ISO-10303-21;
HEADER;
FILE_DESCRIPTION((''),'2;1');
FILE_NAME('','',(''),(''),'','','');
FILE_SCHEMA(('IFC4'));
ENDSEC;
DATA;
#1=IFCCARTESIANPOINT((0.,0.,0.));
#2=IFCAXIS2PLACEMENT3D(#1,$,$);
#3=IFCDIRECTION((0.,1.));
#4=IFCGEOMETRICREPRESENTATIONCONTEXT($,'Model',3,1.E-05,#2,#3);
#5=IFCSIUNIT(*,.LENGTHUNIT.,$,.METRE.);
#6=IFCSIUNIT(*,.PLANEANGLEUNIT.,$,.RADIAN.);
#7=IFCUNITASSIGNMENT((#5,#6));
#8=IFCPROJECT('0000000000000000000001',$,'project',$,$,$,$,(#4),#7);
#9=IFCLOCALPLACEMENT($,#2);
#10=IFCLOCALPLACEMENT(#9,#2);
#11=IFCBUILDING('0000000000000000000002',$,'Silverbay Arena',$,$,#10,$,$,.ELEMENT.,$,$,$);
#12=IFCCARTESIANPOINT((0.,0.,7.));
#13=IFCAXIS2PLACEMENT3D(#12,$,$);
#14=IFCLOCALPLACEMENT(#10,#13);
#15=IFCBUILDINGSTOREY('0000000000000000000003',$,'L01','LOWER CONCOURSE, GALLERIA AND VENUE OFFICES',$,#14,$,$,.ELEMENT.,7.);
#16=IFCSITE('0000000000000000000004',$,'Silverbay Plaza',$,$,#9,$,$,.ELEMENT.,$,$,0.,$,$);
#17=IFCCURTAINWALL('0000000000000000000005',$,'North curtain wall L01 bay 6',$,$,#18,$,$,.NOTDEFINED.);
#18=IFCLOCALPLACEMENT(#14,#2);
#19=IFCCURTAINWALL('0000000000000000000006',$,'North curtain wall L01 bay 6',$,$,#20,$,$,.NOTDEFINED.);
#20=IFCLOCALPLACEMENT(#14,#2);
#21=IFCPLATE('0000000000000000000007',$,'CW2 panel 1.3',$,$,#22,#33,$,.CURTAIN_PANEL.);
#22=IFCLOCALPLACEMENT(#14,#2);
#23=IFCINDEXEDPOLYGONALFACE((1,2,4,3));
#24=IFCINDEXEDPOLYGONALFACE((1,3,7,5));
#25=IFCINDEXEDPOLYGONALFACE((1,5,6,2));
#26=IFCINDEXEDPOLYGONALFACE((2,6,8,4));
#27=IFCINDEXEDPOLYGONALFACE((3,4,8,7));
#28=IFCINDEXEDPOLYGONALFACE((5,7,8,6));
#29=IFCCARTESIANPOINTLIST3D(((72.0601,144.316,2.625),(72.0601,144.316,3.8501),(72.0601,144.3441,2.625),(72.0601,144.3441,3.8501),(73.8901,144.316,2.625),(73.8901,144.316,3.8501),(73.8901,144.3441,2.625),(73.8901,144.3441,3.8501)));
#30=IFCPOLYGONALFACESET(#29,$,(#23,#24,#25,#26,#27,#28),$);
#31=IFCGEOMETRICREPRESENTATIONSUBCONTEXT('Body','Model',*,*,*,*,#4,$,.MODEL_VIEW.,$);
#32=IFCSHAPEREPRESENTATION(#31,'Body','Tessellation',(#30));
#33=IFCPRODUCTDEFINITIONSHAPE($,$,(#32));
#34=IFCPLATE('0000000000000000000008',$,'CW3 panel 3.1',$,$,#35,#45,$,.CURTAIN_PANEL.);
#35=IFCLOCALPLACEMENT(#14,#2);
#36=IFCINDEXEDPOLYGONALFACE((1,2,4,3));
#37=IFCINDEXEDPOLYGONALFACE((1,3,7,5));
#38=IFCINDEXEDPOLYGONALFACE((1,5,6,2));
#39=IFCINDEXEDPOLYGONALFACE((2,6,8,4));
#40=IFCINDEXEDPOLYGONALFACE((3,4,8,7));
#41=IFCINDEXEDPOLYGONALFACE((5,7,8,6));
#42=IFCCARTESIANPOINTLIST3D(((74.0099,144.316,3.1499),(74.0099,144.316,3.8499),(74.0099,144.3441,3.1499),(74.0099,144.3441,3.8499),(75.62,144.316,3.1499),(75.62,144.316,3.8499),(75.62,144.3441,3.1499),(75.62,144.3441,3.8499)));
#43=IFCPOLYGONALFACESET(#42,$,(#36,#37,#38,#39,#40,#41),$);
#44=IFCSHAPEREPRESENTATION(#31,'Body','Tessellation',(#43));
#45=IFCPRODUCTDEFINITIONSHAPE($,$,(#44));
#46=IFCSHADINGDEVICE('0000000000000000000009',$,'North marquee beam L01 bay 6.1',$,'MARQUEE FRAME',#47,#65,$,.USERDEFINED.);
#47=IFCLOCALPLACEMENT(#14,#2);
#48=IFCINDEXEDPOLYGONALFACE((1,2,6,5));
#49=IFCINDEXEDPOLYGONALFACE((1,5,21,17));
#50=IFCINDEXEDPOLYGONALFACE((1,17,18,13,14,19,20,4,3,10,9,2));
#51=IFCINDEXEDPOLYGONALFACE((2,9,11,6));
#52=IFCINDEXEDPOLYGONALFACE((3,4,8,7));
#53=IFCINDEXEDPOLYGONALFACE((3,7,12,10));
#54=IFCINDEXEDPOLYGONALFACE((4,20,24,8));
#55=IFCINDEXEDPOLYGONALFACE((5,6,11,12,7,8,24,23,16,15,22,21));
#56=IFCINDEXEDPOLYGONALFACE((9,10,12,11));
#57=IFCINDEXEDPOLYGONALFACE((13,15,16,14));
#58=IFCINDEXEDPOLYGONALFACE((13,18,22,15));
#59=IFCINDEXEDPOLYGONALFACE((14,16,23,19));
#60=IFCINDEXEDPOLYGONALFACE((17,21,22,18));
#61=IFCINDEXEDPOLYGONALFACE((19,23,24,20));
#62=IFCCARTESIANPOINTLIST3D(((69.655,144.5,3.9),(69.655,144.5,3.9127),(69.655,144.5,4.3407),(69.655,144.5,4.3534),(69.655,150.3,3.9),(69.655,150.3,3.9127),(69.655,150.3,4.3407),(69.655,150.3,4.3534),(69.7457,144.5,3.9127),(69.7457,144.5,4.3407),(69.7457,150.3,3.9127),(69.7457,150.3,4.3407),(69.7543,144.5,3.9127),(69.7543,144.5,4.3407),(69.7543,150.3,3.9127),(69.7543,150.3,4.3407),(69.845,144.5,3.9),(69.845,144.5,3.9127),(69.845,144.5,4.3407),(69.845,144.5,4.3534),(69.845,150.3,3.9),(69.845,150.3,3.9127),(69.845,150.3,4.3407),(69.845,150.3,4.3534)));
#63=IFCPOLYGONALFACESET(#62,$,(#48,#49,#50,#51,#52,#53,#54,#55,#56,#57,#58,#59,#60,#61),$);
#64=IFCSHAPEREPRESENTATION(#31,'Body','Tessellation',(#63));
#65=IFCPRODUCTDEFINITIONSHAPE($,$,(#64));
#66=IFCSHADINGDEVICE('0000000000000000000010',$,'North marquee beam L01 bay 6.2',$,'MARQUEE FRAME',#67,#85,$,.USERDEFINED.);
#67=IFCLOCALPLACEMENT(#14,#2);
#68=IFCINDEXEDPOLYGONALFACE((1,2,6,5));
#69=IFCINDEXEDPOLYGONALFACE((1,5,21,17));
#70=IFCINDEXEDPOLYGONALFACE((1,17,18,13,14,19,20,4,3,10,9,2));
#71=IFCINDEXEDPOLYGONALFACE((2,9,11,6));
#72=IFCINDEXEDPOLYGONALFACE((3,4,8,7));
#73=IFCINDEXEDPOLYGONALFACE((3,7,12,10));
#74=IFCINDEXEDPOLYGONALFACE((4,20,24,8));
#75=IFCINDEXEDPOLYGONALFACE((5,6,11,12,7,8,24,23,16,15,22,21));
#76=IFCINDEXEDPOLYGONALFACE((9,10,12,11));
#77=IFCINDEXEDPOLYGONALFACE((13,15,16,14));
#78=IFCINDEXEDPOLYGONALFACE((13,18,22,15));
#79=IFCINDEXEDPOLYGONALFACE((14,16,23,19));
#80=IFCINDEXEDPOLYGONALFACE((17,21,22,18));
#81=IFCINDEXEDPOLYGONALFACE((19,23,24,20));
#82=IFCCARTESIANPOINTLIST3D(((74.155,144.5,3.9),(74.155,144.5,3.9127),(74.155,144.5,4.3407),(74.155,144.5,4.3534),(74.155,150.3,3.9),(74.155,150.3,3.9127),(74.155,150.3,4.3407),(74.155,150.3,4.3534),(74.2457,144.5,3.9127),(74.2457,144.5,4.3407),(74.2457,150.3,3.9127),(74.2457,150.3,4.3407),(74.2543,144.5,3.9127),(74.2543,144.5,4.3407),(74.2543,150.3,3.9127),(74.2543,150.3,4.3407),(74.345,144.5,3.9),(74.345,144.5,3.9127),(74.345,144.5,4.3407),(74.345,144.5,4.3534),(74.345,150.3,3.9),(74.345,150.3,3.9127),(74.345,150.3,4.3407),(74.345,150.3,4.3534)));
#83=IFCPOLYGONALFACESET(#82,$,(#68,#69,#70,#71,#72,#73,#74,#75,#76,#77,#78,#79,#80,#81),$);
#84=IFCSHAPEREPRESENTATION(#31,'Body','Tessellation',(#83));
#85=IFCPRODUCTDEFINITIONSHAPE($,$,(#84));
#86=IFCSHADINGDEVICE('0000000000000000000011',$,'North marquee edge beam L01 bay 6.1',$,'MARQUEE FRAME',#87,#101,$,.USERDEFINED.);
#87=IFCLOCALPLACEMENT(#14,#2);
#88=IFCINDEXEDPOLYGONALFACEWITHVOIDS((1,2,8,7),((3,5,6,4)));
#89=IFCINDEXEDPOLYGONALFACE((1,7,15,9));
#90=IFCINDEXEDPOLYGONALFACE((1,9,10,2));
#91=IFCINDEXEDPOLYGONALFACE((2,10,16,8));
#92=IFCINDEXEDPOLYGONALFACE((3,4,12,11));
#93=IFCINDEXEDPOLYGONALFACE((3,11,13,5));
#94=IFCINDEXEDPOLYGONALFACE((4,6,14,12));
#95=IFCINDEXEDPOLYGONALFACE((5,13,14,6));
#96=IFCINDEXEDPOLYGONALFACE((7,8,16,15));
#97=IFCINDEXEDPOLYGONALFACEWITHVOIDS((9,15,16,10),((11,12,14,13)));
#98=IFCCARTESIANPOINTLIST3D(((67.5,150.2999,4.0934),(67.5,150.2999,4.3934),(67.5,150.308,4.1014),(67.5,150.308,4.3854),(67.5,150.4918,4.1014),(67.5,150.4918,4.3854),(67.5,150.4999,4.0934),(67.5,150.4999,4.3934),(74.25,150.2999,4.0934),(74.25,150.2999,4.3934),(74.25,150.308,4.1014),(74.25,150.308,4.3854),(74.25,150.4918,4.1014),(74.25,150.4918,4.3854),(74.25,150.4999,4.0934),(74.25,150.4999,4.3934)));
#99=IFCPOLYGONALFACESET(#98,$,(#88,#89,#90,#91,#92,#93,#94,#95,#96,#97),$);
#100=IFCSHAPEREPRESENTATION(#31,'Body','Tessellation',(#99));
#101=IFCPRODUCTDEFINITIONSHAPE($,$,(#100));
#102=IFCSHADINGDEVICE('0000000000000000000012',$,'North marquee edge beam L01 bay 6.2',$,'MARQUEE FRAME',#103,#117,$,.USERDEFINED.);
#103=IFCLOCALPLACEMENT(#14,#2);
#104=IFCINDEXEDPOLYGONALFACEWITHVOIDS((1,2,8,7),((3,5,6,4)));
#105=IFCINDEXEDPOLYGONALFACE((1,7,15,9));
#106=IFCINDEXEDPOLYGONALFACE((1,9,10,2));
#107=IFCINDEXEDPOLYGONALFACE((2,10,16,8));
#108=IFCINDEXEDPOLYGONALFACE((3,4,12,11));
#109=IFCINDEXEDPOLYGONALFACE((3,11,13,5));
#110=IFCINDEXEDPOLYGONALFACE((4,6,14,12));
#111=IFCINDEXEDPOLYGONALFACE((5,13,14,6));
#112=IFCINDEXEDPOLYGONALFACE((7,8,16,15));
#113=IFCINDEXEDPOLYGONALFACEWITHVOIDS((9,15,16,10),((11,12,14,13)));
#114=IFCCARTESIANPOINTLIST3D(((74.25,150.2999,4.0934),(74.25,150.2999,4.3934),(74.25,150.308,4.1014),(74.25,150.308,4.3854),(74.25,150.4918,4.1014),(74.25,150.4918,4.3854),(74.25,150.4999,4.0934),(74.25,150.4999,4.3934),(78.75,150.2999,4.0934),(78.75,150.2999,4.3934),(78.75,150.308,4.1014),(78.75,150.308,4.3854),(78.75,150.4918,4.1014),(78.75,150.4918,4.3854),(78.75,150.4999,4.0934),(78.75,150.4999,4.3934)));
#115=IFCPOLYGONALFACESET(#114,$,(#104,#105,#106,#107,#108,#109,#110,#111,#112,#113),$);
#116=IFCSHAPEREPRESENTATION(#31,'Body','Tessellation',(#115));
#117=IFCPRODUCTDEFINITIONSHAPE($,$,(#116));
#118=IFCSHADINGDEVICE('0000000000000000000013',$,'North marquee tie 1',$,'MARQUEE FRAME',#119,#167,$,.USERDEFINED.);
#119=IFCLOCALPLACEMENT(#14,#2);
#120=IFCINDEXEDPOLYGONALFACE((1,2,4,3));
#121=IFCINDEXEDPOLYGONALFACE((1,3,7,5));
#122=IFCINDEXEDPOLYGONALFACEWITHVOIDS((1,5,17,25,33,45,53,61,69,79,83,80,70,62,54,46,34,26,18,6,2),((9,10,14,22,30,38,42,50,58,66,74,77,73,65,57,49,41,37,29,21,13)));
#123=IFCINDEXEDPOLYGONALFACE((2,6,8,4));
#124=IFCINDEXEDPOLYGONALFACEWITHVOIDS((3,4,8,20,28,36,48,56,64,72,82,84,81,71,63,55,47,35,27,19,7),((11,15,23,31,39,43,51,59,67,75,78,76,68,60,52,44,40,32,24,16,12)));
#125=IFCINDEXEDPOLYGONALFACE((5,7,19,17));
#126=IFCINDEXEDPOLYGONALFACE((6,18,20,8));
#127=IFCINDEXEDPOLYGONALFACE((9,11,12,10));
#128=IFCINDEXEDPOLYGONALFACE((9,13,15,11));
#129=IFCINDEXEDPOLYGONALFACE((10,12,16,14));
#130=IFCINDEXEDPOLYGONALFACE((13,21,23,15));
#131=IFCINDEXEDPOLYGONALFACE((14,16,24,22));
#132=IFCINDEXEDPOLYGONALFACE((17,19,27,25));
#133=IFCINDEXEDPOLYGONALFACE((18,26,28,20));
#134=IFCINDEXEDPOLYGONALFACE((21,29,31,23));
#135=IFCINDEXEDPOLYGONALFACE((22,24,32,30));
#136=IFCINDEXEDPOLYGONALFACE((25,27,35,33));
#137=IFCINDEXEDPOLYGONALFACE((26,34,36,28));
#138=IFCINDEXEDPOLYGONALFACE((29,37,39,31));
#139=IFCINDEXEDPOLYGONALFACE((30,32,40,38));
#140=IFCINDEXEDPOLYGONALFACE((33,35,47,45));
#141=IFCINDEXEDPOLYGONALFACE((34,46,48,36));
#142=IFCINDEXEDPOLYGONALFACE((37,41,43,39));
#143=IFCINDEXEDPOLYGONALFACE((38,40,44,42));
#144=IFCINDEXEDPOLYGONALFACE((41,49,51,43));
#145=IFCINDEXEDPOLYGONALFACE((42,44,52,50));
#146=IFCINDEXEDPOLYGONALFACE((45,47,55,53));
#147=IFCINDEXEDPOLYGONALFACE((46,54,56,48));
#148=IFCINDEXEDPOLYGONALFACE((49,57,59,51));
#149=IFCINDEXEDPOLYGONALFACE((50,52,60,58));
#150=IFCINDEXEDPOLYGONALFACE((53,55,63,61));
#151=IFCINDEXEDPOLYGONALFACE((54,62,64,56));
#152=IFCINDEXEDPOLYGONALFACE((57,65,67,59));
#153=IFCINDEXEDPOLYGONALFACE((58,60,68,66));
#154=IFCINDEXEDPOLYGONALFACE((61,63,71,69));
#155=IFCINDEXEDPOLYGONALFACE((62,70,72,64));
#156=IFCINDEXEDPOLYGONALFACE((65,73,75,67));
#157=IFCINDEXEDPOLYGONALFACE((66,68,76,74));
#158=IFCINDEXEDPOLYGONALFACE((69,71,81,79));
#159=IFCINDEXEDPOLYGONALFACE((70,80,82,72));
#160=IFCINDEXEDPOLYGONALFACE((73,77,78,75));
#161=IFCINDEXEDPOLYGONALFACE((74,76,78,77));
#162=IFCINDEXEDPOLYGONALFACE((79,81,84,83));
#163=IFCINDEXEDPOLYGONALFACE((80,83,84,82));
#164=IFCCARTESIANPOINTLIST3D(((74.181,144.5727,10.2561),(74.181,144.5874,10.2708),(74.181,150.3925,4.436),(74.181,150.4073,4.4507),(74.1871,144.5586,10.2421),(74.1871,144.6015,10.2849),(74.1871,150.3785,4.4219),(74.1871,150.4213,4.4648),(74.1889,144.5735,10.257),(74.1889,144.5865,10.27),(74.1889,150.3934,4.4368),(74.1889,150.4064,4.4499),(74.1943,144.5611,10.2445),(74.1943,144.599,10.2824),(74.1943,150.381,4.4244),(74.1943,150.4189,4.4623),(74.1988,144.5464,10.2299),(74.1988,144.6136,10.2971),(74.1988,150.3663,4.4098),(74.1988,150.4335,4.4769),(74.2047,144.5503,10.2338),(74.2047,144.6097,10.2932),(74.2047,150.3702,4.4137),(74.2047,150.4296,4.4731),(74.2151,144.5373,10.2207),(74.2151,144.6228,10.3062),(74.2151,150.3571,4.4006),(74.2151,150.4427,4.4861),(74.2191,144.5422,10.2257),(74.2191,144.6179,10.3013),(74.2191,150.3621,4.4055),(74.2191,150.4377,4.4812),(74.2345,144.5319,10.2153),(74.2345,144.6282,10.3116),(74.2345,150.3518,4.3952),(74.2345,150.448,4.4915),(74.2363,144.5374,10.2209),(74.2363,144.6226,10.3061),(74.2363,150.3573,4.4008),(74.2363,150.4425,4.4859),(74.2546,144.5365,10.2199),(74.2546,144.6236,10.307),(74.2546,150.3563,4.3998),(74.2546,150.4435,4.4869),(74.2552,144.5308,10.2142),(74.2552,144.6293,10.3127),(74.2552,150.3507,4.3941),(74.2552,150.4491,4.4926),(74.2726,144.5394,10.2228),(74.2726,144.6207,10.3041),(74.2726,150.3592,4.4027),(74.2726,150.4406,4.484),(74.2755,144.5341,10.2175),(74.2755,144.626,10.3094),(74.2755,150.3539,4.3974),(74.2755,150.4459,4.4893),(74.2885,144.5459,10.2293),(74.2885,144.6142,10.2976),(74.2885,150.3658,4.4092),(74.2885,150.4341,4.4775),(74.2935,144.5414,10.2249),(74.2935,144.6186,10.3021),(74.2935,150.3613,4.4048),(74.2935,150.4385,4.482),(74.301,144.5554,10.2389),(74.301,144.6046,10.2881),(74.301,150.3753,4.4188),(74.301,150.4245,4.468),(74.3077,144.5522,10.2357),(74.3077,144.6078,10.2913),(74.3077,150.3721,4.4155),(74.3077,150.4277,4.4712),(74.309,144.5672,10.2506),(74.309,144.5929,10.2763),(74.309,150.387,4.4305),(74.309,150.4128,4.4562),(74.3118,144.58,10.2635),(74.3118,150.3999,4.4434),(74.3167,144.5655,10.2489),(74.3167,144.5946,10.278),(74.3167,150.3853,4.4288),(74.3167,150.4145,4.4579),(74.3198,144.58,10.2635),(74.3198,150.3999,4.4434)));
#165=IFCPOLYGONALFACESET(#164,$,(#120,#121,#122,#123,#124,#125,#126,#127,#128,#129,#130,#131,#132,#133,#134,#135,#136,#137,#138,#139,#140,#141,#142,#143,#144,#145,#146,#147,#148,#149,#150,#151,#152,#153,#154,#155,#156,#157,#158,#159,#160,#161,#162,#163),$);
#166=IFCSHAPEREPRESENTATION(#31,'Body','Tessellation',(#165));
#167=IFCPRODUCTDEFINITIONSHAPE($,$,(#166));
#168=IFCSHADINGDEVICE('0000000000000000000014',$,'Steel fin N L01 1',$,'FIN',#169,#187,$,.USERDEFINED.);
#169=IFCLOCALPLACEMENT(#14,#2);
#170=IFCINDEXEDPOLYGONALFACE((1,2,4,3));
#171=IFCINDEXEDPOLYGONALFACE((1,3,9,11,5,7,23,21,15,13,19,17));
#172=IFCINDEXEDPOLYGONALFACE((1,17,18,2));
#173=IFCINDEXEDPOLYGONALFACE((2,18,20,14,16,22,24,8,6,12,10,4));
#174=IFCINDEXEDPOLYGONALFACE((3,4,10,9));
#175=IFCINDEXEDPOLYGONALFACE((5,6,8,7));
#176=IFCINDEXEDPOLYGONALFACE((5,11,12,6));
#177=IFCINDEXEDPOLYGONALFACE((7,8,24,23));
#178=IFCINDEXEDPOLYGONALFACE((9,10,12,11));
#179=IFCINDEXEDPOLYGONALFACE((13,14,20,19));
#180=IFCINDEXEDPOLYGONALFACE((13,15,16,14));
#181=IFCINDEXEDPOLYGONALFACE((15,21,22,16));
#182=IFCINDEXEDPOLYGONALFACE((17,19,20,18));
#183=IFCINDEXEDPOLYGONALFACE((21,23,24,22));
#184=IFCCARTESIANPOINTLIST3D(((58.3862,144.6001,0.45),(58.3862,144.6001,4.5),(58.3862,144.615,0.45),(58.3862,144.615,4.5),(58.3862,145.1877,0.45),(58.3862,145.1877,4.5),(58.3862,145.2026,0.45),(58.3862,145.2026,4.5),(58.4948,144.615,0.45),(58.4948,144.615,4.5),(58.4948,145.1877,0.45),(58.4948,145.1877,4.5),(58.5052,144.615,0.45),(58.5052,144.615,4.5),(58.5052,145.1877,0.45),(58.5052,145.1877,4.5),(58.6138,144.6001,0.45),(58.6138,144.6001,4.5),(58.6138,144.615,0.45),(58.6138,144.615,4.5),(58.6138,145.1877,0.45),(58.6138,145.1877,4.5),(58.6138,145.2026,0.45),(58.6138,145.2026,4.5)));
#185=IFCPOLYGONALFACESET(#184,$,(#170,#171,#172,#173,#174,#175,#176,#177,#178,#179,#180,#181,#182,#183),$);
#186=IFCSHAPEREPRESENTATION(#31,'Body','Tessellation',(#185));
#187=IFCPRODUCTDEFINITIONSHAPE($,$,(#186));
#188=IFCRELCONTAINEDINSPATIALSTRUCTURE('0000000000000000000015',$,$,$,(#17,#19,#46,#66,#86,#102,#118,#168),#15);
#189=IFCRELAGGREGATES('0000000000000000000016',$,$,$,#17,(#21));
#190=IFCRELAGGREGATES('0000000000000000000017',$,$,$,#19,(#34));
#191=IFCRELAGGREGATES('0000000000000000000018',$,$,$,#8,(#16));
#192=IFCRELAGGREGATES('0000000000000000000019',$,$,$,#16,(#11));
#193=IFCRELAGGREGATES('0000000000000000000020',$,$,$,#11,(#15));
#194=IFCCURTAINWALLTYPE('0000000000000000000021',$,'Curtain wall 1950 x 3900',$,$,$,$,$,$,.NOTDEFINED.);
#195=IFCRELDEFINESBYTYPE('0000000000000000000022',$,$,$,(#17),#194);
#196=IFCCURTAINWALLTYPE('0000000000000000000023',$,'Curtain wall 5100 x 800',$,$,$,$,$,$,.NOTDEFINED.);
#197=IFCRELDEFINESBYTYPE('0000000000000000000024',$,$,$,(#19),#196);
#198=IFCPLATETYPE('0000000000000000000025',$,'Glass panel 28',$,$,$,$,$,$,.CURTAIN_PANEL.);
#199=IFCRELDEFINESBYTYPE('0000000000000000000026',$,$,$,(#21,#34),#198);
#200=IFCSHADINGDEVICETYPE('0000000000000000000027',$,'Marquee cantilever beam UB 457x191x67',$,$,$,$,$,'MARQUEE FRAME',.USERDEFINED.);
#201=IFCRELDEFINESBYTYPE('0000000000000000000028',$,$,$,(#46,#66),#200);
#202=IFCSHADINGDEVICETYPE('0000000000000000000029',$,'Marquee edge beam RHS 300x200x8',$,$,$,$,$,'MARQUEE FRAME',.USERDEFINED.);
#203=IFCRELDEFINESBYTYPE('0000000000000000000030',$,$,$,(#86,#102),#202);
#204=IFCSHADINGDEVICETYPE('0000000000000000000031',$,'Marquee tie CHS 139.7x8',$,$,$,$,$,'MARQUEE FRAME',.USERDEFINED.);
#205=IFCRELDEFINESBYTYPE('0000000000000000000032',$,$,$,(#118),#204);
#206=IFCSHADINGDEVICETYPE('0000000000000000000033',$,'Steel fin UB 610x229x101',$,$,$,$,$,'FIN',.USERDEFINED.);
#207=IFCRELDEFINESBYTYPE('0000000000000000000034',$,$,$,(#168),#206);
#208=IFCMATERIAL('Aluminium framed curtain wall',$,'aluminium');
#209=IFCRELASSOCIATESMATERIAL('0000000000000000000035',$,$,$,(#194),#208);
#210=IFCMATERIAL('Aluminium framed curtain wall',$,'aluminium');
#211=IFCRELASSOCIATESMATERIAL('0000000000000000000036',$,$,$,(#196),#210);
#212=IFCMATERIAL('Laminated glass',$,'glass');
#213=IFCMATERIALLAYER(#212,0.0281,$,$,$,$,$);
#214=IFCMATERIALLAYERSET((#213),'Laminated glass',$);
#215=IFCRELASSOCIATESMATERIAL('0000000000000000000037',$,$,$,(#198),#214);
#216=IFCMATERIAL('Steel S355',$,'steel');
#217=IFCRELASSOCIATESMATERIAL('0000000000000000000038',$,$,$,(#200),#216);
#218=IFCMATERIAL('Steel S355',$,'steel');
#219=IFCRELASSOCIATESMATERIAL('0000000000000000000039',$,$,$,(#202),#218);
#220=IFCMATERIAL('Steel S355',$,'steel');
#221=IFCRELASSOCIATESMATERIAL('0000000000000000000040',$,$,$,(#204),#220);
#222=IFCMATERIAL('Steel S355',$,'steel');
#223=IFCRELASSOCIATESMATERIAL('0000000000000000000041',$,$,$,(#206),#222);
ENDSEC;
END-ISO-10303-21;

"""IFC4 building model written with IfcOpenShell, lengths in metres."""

from ifc_helpers import new_model, si_unit, direction, frame, origin, origin_2d, place, context, subcontext, project, spatial, rectangle, hollow_rectangle, hollow_circle, i_section, extrude, material, layer, layer_set, material_profile, profile_set, type_object, element, aggregate, save


model = new_model("IFC4")

# Units and contexts
model_context = context("Model", 3, precision=1e-05, world=origin(), true_north=direction((0.0, 1.0)))
body_context = subcontext(model_context, "Body", "Model", "MODEL_VIEW")
ifc_project = project(units=[si_unit("LENGTHUNIT", "METRE"), si_unit("PLANEANGLEUNIT", "RADIAN")], contexts=[model_context])

# Site, building, storey
site_placement = place(None, origin())
site = spatial("IfcSite", under=ifc_project, at=site_placement, Name="Silverbay Plaza", CompositionType="ELEMENT", RefElevation=0.0)
building_placement = place(site_placement, origin())
building = spatial("IfcBuilding", under=site, at=building_placement, Name="Silverbay Arena", CompositionType="ELEMENT")
storey_placement = place(building_placement, frame((0.0, 0.0, 7.0)))
storey = spatial("IfcBuildingStorey", under=building, at=storey_placement, Name="L01", Description="LOWER CONCOURSE, GALLERIA AND VENUE OFFICES", CompositionType="ELEMENT", Elevation=7.0)

# Curtain wall
ifc_material_1 = material(Name="Aluminium framed curtain wall", Category="aluminium")
curtain_wall_type_1 = type_object("IfcCurtainWallType", Name="Curtain wall 1950 x 3900", PredefinedType="NOTDEFINED", material=ifc_material_1)
curtain_wall_1_placement = place(storey_placement, origin())
curtain_wall_1 = element("IfcCurtainWall", 1, at=curtain_wall_1_placement, inside=storey, type_object=curtain_wall_type_1, Name="North curtain wall L01 bay 6", PredefinedType="NOTDEFINED")

# Curtain wall
ifc_material_2 = material(Name="Aluminium framed curtain wall", Category="aluminium")
curtain_wall_type_2 = type_object("IfcCurtainWallType", Name="Curtain wall 5100 x 800", PredefinedType="NOTDEFINED", material=ifc_material_2)
curtain_wall_2_placement = place(storey_placement, origin())
curtain_wall_2 = element("IfcCurtainWall", 2, at=curtain_wall_2_placement, inside=storey, type_object=curtain_wall_type_2, Name="North curtain wall L01 bay 6", PredefinedType="NOTDEFINED")

# Plates
ifc_material_3 = material(Name="Laminated glass", Category="glass")
ifc_layer = layer(ifc_material_3, 0.0281)
ifc_layer_set = layer_set([ifc_layer], Name="Laminated glass")
plate_type = type_object("IfcPlateType", Name="Glass panel 28", PredefinedType="CURTAIN_PANEL", material=ifc_layer_set)
plate_1_placement = place(storey_placement, frame((72.9751, 144.3301, 2.625), z_axis=(0.0, 0.0, 1.0), x_axis=(-1.0, 0.0, 0.0)))
plate_1 = element("IfcPlate", 3, at=plate_1_placement, type_object=plate_type, Name="CW2 panel 1.3", PredefinedType="CURTAIN_PANEL", context=body_context, shape_type="SweptSolid", body=[
    extrude(rectangle(XDim=1.8301, YDim=0.0281, at=origin_2d()), origin(), (0.0, 0.0, 1.0), 1.2251),
])
aggregate(curtain_wall_1, [plate_1])
plate_2_placement = place(storey_placement, frame((74.8149, 144.3301, 3.1499), z_axis=(0.0, 0.0, 1.0), x_axis=(-1.0, 0.0, 0.0)))
plate_2 = element("IfcPlate", 4, at=plate_2_placement, type_object=plate_type, Name="CW3 panel 3.1", PredefinedType="CURTAIN_PANEL", context=body_context, shape_type="SweptSolid", body=[
    extrude(rectangle(XDim=1.6101, YDim=0.0281, at=origin_2d()), origin(), (0.0, 0.0, 1.0), 0.7),
])
aggregate(curtain_wall_2, [plate_2])

# Shading devices
ifc_material_4 = material(Name="Steel S355", Category="steel")
ifc_material_profile_1 = material_profile(ifc_material_4, i_section(OverallWidth=0.1899, OverallDepth=0.4534, WebThickness=0.0085, FlangeThickness=0.0127, at=origin_2d()), Name="UB 457x191x67")
ifc_profile_set_1 = profile_set([ifc_material_profile_1], Name="Steel S355")
shading_device_type_1 = type_object("IfcShadingDeviceType", Name="Marquee cantilever beam UB 457x191x67", ElementType="MARQUEE FRAME", PredefinedType="USERDEFINED", material=ifc_profile_set_1)
for number, where, z_axis, x_axis, name in (
    (5, (69.75, 144.5, 4.1267), (0.0, 1.0, 0.0), (-1.0, 0.0, 0.0), "North marquee beam L01 bay 6.1"),
    (6, (74.25, 144.5, 4.1267), (0.0, 1.0, 0.0), (-1.0, 0.0, 0.0), "North marquee beam L01 bay 6.2"),
):
    element("IfcShadingDevice", number, at=place(storey_placement, frame(where, z_axis=z_axis, x_axis=x_axis)), inside=storey, type_object=shading_device_type_1, Name=name, ObjectType="MARQUEE FRAME", PredefinedType="USERDEFINED", context=body_context, shape_type="SweptSolid", body=[
        extrude(i_section(OverallWidth=0.1899, OverallDepth=0.4534, WebThickness=0.0085, FlangeThickness=0.0127, at=origin_2d()), origin(), (0.0, 0.0, 1.0), 5.8),
    ])
ifc_material_5 = material(Name="Steel S355", Category="steel")
ifc_material_profile_2 = material_profile(ifc_material_5, hollow_rectangle(XDim=0.2, YDim=0.3, WallThickness=0.0081, at=origin_2d()), Name="RHS 300x200x8")
ifc_profile_set_2 = profile_set([ifc_material_profile_2], Name="Steel S355")
shading_device_type_2 = type_object("IfcShadingDeviceType", Name="Marquee edge beam RHS 300x200x8", ElementType="MARQUEE FRAME", PredefinedType="USERDEFINED", material=ifc_profile_set_2)
shading_device_1_placement = place(storey_placement, frame((67.5, 150.3999, 4.2434), z_axis=(1.0, 0.0, 0.0), x_axis=(0.0, 1.0, 0.0)))
element("IfcShadingDevice", 7, at=shading_device_1_placement, inside=storey, type_object=shading_device_type_2, Name="North marquee edge beam L01 bay 6.1", ObjectType="MARQUEE FRAME", PredefinedType="USERDEFINED", context=body_context, shape_type="SweptSolid", body=[
    extrude(hollow_rectangle(XDim=0.2, YDim=0.3, WallThickness=0.0081, at=origin_2d()), origin(), (0.0, 0.0, 1.0), 6.75),
])
shading_device_2_placement = place(storey_placement, frame((74.25, 150.3999, 4.2434), z_axis=(1.0, 0.0, 0.0), x_axis=(0.0, 1.0, 0.0)))
element("IfcShadingDevice", 8, at=shading_device_2_placement, inside=storey, type_object=shading_device_type_2, Name="North marquee edge beam L01 bay 6.2", ObjectType="MARQUEE FRAME", PredefinedType="USERDEFINED", context=body_context, shape_type="SweptSolid", body=[
    extrude(hollow_rectangle(XDim=0.2, YDim=0.3, WallThickness=0.0081, at=origin_2d()), origin(), (0.0, 0.0, 1.0), 4.5),
])
ifc_material_6 = material(Name="Steel S355", Category="steel")
ifc_material_profile_3 = material_profile(ifc_material_6, hollow_circle(Radius=0.0698, WallThickness=0.0081, at=origin_2d()), Name="CHS 139.7x8")
ifc_profile_set_3 = profile_set([ifc_material_profile_3], Name="Steel S355")
shading_device_type_3 = type_object("IfcShadingDeviceType", Name="Marquee tie CHS 139.7x8", ElementType="MARQUEE FRAME", PredefinedType="USERDEFINED", material=ifc_profile_set_3)
shading_device_3_placement = place(storey_placement, frame((74.25, 150.3999, 4.4434), z_axis=(0.0, -0.707092, 0.707122), x_axis=(1.0, 0.0, 0.0)))
element("IfcShadingDevice", 9, at=shading_device_3_placement, inside=storey, type_object=shading_device_type_3, Name="North marquee tie 1", ObjectType="MARQUEE FRAME", PredefinedType="USERDEFINED", context=body_context, shape_type="SweptSolid", body=[
    extrude(hollow_circle(Radius=0.0698, WallThickness=0.0081, at=origin_2d()), origin(), (0.0, 0.0, 1.0), 8.2307),
])
ifc_material_7 = material(Name="Steel S355", Category="steel")
ifc_material_profile_4 = material_profile(ifc_material_7, i_section(OverallWidth=0.2275, OverallDepth=0.6025, WebThickness=0.0105, FlangeThickness=0.0149, at=origin_2d()), Name="UB 610x229x101")
ifc_profile_set_4 = profile_set([ifc_material_profile_4], Name="Steel S355")
shading_device_type_4 = type_object("IfcShadingDeviceType", Name="Steel fin UB 610x229x101", ElementType="FIN", PredefinedType="USERDEFINED", material=ifc_profile_set_4)
for number, where, z_axis, x_axis, name in (
    (10, (58.5, 144.9014, 0.45), (0.0, 0.0, 1.0), (1.0, 0.0, 0.0), "Steel fin N L01 1"),
):
    element("IfcShadingDevice", number, at=place(storey_placement, frame(where, z_axis=z_axis, x_axis=x_axis)), inside=storey, type_object=shading_device_type_4, Name=name, ObjectType="FIN", PredefinedType="USERDEFINED", context=body_context, shape_type="SweptSolid", body=[
        extrude(i_section(OverallWidth=0.2275, OverallDepth=0.6025, WebThickness=0.0105, FlangeThickness=0.0149, at=origin_2d()), origin(), (0.0, 0.0, 1.0), 4.05),
    ])

save(model, "model.ifc")
